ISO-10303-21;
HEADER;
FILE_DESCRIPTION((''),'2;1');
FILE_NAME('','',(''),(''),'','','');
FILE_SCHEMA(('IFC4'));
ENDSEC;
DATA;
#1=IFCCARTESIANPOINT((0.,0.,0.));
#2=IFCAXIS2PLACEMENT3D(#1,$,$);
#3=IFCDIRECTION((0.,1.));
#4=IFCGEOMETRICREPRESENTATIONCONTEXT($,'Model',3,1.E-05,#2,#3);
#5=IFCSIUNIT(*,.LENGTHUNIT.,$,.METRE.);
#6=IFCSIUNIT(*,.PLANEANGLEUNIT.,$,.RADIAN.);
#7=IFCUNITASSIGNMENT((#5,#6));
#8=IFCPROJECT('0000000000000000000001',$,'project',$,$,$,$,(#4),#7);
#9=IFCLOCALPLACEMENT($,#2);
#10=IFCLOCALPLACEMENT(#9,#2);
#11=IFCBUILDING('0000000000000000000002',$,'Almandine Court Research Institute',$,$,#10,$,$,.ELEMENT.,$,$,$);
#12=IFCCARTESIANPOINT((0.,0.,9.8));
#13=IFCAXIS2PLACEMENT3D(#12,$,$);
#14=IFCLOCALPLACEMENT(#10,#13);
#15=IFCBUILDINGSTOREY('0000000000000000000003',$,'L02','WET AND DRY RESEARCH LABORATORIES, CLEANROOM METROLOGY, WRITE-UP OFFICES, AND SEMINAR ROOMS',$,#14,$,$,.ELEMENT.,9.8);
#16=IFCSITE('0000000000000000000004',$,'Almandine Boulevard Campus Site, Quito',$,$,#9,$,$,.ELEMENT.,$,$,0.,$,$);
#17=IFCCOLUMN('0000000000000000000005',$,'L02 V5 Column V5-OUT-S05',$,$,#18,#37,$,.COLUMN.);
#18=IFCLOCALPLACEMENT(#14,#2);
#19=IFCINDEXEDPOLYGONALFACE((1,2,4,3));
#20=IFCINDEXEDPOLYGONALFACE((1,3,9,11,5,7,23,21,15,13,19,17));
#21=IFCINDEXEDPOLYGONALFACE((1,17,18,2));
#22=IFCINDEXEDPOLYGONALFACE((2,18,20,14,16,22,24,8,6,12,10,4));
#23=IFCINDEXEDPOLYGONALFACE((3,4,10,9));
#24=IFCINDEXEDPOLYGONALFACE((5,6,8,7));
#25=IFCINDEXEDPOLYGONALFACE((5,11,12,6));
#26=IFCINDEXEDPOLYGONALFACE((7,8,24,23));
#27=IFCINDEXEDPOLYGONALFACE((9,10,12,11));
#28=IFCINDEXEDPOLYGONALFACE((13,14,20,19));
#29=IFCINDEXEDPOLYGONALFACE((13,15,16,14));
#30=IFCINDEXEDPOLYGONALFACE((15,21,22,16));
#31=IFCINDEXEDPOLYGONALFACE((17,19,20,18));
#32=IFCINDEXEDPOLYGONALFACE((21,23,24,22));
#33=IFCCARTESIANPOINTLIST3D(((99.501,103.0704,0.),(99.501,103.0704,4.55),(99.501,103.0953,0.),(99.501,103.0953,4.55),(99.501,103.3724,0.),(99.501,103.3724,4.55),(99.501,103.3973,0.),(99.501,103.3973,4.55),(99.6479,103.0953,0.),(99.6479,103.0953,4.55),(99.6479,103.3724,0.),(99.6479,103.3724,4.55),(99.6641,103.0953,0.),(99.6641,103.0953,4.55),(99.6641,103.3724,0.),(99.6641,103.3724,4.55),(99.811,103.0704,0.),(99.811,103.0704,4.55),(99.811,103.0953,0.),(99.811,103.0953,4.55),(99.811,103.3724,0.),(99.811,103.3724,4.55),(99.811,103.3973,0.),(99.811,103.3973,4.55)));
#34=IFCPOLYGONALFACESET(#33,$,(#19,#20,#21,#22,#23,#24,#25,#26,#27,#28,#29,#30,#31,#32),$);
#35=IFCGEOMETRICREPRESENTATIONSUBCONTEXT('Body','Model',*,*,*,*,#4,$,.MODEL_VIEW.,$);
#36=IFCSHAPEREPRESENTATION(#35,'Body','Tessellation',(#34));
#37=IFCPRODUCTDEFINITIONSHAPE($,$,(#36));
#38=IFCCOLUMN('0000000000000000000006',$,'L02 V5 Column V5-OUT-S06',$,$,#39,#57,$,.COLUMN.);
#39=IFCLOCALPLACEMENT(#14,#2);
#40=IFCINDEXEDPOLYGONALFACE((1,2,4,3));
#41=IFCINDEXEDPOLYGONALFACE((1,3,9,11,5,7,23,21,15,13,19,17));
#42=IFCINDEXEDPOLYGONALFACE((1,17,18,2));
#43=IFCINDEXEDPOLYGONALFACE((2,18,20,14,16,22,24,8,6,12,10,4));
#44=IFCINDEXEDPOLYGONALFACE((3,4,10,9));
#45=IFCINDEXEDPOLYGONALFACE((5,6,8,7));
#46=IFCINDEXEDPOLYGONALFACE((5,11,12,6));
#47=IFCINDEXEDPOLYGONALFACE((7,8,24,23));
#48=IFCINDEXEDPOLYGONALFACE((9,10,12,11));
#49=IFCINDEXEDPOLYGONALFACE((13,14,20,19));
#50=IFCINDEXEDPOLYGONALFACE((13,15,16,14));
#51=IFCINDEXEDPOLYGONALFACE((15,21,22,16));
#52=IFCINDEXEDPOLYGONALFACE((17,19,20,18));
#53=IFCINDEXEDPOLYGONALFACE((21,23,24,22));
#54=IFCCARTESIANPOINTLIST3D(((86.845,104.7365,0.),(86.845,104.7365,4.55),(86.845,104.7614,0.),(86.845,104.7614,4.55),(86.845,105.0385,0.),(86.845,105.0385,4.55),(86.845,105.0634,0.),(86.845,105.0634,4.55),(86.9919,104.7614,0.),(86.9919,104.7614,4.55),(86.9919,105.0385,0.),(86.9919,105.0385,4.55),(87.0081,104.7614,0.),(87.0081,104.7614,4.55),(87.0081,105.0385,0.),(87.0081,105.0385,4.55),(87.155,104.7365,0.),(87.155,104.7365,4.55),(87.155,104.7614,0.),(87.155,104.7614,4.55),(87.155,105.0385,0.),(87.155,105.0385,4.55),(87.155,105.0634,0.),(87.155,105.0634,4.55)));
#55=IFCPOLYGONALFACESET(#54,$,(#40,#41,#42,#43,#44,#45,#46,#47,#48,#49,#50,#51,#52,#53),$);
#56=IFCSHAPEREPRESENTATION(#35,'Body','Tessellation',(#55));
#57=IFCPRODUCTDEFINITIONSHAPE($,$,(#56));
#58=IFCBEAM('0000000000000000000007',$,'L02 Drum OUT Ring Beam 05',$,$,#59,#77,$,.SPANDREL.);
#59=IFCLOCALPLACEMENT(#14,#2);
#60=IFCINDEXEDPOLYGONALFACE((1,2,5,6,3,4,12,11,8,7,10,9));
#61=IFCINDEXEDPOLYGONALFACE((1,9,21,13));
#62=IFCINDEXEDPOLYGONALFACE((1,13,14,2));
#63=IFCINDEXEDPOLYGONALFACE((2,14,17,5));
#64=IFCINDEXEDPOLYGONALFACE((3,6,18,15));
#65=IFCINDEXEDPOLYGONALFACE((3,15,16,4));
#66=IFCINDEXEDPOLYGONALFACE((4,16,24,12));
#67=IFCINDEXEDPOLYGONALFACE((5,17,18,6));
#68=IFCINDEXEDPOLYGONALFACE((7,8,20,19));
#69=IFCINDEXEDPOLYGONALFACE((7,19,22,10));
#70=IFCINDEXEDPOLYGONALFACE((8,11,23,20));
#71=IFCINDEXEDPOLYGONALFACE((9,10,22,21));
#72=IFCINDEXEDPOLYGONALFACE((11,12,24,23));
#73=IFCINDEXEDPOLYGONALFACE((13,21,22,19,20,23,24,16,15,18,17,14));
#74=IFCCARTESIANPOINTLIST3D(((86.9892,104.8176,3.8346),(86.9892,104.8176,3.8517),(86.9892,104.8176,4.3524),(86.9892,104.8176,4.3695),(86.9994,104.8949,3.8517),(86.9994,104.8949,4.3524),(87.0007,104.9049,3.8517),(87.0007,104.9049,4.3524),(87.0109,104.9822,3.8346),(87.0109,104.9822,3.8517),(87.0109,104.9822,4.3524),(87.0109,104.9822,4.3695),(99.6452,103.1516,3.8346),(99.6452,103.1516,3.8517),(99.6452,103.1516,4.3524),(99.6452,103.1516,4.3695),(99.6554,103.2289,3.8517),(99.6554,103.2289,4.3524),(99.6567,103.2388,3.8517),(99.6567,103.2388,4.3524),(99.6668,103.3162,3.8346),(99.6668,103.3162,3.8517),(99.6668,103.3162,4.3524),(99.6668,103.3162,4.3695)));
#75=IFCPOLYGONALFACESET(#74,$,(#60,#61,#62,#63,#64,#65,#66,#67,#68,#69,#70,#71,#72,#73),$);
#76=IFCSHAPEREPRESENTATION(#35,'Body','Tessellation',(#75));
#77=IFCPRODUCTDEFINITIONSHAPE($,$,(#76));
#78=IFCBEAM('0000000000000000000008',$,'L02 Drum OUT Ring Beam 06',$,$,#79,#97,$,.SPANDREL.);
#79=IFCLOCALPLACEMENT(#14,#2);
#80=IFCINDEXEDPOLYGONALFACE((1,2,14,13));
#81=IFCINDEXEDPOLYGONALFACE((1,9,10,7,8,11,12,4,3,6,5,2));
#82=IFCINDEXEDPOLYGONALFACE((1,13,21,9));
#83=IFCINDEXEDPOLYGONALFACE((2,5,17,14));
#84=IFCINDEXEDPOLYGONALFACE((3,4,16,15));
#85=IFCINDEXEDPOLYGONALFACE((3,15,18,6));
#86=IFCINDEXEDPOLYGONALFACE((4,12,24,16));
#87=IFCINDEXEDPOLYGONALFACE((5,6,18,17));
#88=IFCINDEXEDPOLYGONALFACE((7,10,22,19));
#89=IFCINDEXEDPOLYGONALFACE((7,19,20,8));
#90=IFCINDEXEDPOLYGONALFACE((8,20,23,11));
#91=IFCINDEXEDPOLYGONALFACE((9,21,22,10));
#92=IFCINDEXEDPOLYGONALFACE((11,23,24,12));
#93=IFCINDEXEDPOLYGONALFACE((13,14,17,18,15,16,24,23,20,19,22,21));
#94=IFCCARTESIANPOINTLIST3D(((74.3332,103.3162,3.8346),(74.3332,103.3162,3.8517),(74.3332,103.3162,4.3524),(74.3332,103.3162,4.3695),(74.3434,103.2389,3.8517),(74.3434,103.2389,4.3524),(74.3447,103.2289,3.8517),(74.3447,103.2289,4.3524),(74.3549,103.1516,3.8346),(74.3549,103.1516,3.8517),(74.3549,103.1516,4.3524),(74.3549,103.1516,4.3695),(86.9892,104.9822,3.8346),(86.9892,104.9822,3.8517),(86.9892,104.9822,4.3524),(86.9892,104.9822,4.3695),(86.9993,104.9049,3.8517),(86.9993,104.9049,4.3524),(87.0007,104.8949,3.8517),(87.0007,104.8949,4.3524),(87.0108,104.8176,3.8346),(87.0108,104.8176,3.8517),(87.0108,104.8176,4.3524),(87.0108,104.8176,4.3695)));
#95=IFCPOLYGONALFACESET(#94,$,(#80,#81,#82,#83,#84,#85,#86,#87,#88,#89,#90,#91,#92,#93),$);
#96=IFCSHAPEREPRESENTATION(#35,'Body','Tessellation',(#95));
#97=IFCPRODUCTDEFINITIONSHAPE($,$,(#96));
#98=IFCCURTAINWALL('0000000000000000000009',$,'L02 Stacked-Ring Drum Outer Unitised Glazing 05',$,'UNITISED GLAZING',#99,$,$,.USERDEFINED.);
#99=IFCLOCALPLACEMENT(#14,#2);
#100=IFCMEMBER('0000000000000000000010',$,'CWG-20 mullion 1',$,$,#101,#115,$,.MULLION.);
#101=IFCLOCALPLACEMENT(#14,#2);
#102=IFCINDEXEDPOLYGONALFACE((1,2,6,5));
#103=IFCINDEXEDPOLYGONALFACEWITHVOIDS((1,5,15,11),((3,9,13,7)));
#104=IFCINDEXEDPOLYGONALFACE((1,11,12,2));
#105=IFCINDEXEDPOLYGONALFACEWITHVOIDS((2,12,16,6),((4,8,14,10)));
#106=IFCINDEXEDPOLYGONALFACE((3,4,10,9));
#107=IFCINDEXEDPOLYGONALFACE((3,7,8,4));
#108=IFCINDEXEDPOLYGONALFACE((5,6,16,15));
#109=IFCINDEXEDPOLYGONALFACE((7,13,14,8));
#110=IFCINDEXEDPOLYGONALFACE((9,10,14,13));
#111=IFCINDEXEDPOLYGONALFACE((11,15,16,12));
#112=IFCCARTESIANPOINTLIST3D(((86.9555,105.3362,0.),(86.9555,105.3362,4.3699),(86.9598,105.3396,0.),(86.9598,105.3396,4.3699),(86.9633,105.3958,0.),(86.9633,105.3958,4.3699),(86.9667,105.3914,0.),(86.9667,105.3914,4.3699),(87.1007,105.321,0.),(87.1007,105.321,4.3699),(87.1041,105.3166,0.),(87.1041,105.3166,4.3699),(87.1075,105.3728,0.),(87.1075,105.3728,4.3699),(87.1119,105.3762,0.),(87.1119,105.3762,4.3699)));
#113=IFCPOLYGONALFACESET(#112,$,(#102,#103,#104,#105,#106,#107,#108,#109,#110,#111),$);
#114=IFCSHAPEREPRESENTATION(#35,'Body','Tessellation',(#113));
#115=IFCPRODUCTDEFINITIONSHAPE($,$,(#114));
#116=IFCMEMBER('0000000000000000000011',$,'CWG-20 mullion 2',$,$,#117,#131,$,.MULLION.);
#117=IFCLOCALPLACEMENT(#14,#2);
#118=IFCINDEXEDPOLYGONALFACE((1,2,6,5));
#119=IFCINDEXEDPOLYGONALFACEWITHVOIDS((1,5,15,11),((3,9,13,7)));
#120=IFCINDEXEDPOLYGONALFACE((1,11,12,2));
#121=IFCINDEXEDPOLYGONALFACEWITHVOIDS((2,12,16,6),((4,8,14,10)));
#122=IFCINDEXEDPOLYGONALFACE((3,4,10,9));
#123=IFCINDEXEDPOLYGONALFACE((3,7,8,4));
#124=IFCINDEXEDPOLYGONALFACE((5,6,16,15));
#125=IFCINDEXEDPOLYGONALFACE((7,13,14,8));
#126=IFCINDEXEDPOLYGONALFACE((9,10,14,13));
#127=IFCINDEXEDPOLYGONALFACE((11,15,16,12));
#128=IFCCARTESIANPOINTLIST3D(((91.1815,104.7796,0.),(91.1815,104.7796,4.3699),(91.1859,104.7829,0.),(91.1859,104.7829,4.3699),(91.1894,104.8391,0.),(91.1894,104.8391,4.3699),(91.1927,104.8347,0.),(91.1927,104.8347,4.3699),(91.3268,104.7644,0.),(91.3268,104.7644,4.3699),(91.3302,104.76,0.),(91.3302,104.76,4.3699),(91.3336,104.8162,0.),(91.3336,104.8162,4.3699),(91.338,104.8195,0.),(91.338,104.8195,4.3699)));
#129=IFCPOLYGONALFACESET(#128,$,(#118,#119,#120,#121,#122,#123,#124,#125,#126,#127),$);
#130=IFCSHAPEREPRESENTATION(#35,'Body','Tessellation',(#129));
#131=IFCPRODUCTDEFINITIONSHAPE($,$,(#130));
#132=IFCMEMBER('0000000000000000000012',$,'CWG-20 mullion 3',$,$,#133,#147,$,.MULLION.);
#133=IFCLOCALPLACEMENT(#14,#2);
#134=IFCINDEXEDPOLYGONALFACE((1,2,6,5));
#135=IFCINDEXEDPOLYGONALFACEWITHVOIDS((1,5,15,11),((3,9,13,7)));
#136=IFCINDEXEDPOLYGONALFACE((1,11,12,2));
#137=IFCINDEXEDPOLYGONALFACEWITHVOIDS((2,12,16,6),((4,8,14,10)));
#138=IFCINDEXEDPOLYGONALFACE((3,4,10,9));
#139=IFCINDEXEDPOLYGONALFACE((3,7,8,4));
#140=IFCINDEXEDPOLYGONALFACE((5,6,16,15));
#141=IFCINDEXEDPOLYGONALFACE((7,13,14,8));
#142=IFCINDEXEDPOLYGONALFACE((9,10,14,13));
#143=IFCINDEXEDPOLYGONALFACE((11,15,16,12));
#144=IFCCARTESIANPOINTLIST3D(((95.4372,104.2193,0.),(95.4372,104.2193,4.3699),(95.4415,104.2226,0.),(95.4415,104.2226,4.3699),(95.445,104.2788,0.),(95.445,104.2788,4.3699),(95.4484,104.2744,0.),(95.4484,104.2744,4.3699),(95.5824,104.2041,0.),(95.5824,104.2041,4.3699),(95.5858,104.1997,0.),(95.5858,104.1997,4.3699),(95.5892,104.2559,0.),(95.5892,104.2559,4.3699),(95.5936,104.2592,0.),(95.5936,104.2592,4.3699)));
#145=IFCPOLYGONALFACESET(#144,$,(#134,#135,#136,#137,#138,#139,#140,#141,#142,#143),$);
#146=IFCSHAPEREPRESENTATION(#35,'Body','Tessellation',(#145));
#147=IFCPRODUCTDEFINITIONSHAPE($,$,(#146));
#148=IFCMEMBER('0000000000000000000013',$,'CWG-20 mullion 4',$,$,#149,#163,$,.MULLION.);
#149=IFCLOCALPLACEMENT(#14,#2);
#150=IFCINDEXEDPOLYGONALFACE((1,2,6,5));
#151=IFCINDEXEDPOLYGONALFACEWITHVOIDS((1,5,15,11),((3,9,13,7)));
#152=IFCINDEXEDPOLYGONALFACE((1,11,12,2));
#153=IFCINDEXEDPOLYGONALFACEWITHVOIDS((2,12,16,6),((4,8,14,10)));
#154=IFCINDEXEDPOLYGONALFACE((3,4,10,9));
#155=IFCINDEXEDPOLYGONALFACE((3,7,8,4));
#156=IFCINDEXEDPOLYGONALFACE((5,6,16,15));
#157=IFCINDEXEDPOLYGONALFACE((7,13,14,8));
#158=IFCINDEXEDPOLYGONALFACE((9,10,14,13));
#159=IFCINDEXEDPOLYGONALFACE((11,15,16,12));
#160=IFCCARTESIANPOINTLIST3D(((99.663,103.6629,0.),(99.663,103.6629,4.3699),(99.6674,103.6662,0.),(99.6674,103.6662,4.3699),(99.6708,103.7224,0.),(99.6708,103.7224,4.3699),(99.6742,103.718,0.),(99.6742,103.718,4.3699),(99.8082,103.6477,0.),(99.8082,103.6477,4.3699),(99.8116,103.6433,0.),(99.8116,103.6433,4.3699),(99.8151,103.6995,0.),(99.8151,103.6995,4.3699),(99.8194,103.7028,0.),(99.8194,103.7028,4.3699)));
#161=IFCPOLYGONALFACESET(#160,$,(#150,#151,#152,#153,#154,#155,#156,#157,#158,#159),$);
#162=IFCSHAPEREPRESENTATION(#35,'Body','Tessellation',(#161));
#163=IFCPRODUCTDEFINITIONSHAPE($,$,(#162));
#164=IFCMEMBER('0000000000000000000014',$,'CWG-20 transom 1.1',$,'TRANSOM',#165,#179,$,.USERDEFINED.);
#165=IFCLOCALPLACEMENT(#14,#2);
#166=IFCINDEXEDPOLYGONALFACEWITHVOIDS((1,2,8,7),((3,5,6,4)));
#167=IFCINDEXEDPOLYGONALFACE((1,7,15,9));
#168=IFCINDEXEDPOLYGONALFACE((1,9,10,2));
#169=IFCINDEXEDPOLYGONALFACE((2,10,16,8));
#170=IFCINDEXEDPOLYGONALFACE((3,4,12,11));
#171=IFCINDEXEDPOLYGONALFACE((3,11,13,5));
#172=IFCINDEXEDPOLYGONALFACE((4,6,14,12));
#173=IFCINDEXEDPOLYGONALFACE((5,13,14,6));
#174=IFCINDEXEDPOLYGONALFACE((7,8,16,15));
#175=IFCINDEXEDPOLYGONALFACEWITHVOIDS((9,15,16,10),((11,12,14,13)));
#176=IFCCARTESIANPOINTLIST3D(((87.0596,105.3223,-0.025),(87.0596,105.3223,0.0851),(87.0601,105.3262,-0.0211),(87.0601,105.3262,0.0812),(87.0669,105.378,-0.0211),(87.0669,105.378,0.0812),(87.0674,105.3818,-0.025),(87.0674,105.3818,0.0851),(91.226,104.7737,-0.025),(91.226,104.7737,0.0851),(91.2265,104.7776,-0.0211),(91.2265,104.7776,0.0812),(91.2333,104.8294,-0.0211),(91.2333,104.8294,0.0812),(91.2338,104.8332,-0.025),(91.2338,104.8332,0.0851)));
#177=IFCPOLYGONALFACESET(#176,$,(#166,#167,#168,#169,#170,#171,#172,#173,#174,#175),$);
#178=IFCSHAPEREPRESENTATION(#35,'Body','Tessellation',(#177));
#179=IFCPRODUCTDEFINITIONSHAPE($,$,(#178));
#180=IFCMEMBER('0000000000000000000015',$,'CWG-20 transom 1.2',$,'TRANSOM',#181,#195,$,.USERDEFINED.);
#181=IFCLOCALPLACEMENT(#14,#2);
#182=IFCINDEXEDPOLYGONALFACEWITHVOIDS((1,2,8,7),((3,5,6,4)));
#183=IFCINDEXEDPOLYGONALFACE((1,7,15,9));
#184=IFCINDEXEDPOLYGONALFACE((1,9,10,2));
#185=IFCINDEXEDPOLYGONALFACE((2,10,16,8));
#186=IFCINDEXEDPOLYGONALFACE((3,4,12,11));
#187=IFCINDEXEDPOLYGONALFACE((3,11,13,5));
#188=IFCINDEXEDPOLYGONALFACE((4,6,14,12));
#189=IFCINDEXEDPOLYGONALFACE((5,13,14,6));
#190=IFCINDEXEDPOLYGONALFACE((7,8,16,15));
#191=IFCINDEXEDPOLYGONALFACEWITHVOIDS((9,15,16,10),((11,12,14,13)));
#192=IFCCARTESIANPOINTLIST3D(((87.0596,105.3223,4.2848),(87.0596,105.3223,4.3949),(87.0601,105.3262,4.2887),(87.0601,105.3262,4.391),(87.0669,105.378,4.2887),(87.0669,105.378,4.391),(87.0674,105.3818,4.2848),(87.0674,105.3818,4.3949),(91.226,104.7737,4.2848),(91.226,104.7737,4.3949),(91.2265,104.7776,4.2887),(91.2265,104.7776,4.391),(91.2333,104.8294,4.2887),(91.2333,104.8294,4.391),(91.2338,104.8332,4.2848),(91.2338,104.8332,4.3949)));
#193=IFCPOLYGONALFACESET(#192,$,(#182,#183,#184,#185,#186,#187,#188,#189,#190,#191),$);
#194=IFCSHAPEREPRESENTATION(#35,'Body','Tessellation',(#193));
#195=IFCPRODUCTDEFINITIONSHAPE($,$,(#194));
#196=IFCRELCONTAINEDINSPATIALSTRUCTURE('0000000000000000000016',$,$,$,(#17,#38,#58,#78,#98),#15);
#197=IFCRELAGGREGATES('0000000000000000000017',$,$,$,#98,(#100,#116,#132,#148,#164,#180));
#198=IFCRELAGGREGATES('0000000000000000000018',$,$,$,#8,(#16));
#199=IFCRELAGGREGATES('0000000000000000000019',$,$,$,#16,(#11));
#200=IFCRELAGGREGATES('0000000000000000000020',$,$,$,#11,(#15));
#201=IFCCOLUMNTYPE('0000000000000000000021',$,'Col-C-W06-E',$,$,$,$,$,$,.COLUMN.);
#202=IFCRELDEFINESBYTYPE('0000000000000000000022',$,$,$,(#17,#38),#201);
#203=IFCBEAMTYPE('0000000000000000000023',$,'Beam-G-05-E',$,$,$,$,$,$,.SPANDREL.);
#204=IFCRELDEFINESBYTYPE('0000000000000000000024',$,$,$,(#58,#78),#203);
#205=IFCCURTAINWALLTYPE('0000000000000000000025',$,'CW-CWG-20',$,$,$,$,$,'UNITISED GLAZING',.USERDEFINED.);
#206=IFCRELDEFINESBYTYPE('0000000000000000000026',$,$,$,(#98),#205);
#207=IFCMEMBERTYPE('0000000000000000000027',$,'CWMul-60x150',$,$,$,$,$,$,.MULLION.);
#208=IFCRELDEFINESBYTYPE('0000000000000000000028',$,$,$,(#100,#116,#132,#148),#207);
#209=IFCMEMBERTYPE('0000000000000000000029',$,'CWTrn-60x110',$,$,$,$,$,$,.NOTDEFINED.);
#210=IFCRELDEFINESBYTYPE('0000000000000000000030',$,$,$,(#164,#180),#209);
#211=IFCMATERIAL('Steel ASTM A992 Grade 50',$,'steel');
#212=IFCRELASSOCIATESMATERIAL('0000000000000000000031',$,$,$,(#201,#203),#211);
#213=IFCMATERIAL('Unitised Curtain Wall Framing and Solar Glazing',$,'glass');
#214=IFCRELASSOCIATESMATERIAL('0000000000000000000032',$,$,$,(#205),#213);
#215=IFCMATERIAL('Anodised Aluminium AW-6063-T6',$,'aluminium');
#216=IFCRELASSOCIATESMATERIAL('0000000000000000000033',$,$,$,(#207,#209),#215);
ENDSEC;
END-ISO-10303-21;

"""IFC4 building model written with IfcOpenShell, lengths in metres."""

from ifc_helpers import new_model, si_unit, direction, frame, origin, origin_2d, place, context, subcontext, project, spatial, hollow_rectangle, i_section, extrude, material, material_profile, profile_set, type_object, element, aggregate, save


model = new_model("IFC4")

# Units and contexts
model_context = context("Model", 3, precision=1e-05, world=origin(), true_north=direction((0.0, 1.0)))
body_context = subcontext(model_context, "Body", "Model", "MODEL_VIEW")
ifc_project = project(units=[si_unit("LENGTHUNIT", "METRE"), si_unit("PLANEANGLEUNIT", "RADIAN")], contexts=[model_context])

# Site, building, storey
site_placement = place(None, origin())
site = spatial("IfcSite", under=ifc_project, at=site_placement, Name="Almandine Boulevard Campus Site, Quito", CompositionType="ELEMENT", RefElevation=0.0)
building_placement = place(site_placement, origin())
building = spatial("IfcBuilding", under=site, at=building_placement, Name="Almandine Court Research Institute", CompositionType="ELEMENT")
storey_placement = place(building_placement, frame((0.0, 0.0, 9.8)))
storey = spatial("IfcBuildingStorey", under=building, at=storey_placement, Name="L02", Description="WET AND DRY RESEARCH LABORATORIES, CLEANROOM METROLOGY, WRITE-UP OFFICES, AND SEMINAR ROOMS", CompositionType="ELEMENT", Elevation=9.8)

# Columns
ifc_material_1 = material(Name="Steel ASTM A992 Grade 50", Category="steel")
ifc_material_profile_1 = material_profile(ifc_material_1, i_section(OverallWidth=0.3101, OverallDepth=0.3269, WebThickness=0.0161, FlangeThickness=0.0249, at=origin_2d()), Name="W310x158")
ifc_profile_set_1 = profile_set([ifc_material_profile_1], Name="Steel ASTM A992 Grade 50")
column_type = type_object("IfcColumnType", Name="Col-C-W06-E", PredefinedType="COLUMN", material=ifc_profile_set_1)
for number, where, z_axis, x_axis, name in (
    (1, (99.656, 103.2339, 0.0), (0.0, 0.0, 1.0), (1.0, 0.0, 0.0), "L02 V5 Column V5-OUT-S05"),
    (2, (87.0, 104.8999, 0.0), (0.0, 0.0, 1.0), (1.0, 0.0, 0.0), "L02 V5 Column V5-OUT-S06"),
):
    element("IfcColumn", number, at=place(storey_placement, frame(where, z_axis=z_axis, x_axis=x_axis)), inside=storey, type_object=column_type, Name=name, PredefinedType="COLUMN", context=body_context, shape_type="SweptSolid", body=[
        extrude(i_section(OverallWidth=0.3101, OverallDepth=0.3269, WebThickness=0.0161, FlangeThickness=0.0249, at=origin_2d()), origin(), (0.0, 0.0, 1.0), 4.55),
    ])

# Beams
ifc_material_profile_2 = material_profile(ifc_material_1, i_section(OverallWidth=0.166, OverallDepth=0.5349, WebThickness=0.01, FlangeThickness=0.0171, at=origin_2d()), Name="W530x85")
ifc_profile_set_2 = profile_set([ifc_material_profile_2], Name="Steel ASTM A992 Grade 50")
beam_type = type_object("IfcBeamType", Name="Beam-G-05-E", PredefinedType="SPANDREL", material=ifc_profile_set_2)
for number, where, z_axis, x_axis, name in (
    (3, (99.656, 103.2339, 4.1021), (-0.991447, 0.130512, 0.0), (-0.130512, -0.991447, 0.0), "L02 Drum OUT Ring Beam 05"),
    (4, (87.0, 104.8999, 4.1021), (-0.991447, -0.130512, 0.0), (0.130512, -0.991447, 0.0), "L02 Drum OUT Ring Beam 06"),
):
    element("IfcBeam", number, at=place(storey_placement, frame(where, z_axis=z_axis, x_axis=x_axis)), inside=storey, type_object=beam_type, Name=name, PredefinedType="SPANDREL", context=body_context, shape_type="SweptSolid", body=[
        extrude(i_section(OverallWidth=0.166, OverallDepth=0.5349, WebThickness=0.01, FlangeThickness=0.0171, at=origin_2d()), origin(), (0.0, 0.0, 1.0), 12.7651),
    ])

# Curtain wall, members
ifc_material_2 = material(Name="Unitised Curtain Wall Framing and Solar Glazing", Category="glass")
curtain_wall_type = type_object("IfcCurtainWallType", Name="CW-CWG-20", ElementType="UNITISED GLAZING", PredefinedType="USERDEFINED", material=ifc_material_2)
curtain_wall_placement = place(storey_placement, origin())
curtain_wall = element("IfcCurtainWall", 5, at=curtain_wall_placement, inside=storey, type_object=curtain_wall_type, Name="L02 Stacked-Ring Drum Outer Unitised Glazing 05", ObjectType="UNITISED GLAZING", PredefinedType="USERDEFINED")
ifc_material_3 = material(Name="Anodised Aluminium AW-6063-T6", Category="aluminium")
ifc_material_profile_3 = material_profile(ifc_material_3, hollow_rectangle(XDim=0.0601, YDim=0.1499, WallThickness=0.0039, at=origin_2d()), Name="ALU RHS 60x150x4")
ifc_profile_set_3 = profile_set([ifc_material_profile_3], Name="Anodised Aluminium AW-6063-T6")
member_type_1 = type_object("IfcMemberType", Name="CWMul-60x150", PredefinedType="MULLION", material=ifc_profile_set_3)
member_1_placement = place(storey_placement, frame((87.0337, 105.3562, 0.0), z_axis=(0.0, 0.0, 1.0), x_axis=(0.130541, 0.991443, 0.0)))
member_1 = element("IfcMember", 6, at=member_1_placement, type_object=member_type_1, Name="CWG-20 mullion 1", PredefinedType="MULLION", context=body_context, shape_type="SweptSolid", body=[
    extrude(hollow_rectangle(XDim=0.0601, YDim=0.1499, WallThickness=0.0039, at=origin_2d()), origin(), (0.0, 0.0, 1.0), 4.3699),
])
member_2_placement = place(storey_placement, frame((91.2598, 104.7996, 0.0), z_axis=(0.0, 0.0, 1.0), x_axis=(0.130541, 0.991443, 0.0)))
member_2 = element("IfcMember", 7, at=member_2_placement, type_object=member_type_1, Name="CWG-20 mullion 2", PredefinedType="MULLION", context=body_context, shape_type="SweptSolid", body=[
    extrude(hollow_rectangle(XDim=0.0601, YDim=0.1499, WallThickness=0.0039, at=origin_2d()), origin(), (0.0, 0.0, 1.0), 4.3699),
])
member_3_placement = place(storey_placement, frame((95.5154, 104.2393, 0.0), z_axis=(0.0, 0.0, 1.0), x_axis=(0.130541, 0.991443, 0.0)))
member_3 = element("IfcMember", 8, at=member_3_placement, type_object=member_type_1, Name="CWG-20 mullion 3", PredefinedType="MULLION", context=body_context, shape_type="SweptSolid", body=[
    extrude(hollow_rectangle(XDim=0.0601, YDim=0.1499, WallThickness=0.0039, at=origin_2d()), origin(), (0.0, 0.0, 1.0), 4.3699),
])
member_4_placement = place(storey_placement, frame((99.7412, 103.6829, 0.0), z_axis=(0.0, 0.0, 1.0), x_axis=(0.130541, 0.991443, 0.0)))
member_4 = element("IfcMember", 9, at=member_4_placement, type_object=member_type_1, Name="CWG-20 mullion 4", PredefinedType="MULLION", context=body_context, shape_type="SweptSolid", body=[
    extrude(hollow_rectangle(XDim=0.0601, YDim=0.1499, WallThickness=0.0039, at=origin_2d()), origin(), (0.0, 0.0, 1.0), 4.3699),
])
ifc_material_profile_4 = material_profile(ifc_material_3, hollow_rectangle(XDim=0.0601, YDim=0.1101, WallThickness=0.0039, at=origin_2d()), Name="ALU RHS 60x110x4")
ifc_profile_set_4 = profile_set([ifc_material_profile_4], Name="Anodised Aluminium AW-6063-T6")
member_type_2 = type_object("IfcMemberType", Name="CWTrn-60x110", PredefinedType="NOTDEFINED", material=ifc_profile_set_4)
member_5_placement = place(storey_placement, frame((87.0635, 105.3521, 0.03), z_axis=(0.991443, -0.130539, 0.0), x_axis=(0.130539, 0.991443, 0.0)))
member_5 = element("IfcMember", 10, at=member_5_placement, type_object=member_type_2, Name="CWG-20 transom 1.1", ObjectType="TRANSOM", PredefinedType="USERDEFINED", context=body_context, shape_type="SweptSolid", body=[
    extrude(hollow_rectangle(XDim=0.0601, YDim=0.1101, WallThickness=0.0039, at=origin_2d()), origin(), (0.0, 0.0, 1.0), 4.2024),
])
member_6_placement = place(storey_placement, frame((87.0635, 105.3521, 4.3398), z_axis=(0.991443, -0.130539, 0.0), x_axis=(0.130539, 0.991443, 0.0)))
member_6 = element("IfcMember", 11, at=member_6_placement, type_object=member_type_2, Name="CWG-20 transom 1.2", ObjectType="TRANSOM", PredefinedType="USERDEFINED", context=body_context, shape_type="SweptSolid", body=[
    extrude(hollow_rectangle(XDim=0.0601, YDim=0.1101, WallThickness=0.0039, at=origin_2d()), origin(), (0.0, 0.0, 1.0), 4.2024),
])
aggregate(curtain_wall, [member_1, member_2, member_3, member_4, member_5, member_6])

save(model, "model.ifc")
